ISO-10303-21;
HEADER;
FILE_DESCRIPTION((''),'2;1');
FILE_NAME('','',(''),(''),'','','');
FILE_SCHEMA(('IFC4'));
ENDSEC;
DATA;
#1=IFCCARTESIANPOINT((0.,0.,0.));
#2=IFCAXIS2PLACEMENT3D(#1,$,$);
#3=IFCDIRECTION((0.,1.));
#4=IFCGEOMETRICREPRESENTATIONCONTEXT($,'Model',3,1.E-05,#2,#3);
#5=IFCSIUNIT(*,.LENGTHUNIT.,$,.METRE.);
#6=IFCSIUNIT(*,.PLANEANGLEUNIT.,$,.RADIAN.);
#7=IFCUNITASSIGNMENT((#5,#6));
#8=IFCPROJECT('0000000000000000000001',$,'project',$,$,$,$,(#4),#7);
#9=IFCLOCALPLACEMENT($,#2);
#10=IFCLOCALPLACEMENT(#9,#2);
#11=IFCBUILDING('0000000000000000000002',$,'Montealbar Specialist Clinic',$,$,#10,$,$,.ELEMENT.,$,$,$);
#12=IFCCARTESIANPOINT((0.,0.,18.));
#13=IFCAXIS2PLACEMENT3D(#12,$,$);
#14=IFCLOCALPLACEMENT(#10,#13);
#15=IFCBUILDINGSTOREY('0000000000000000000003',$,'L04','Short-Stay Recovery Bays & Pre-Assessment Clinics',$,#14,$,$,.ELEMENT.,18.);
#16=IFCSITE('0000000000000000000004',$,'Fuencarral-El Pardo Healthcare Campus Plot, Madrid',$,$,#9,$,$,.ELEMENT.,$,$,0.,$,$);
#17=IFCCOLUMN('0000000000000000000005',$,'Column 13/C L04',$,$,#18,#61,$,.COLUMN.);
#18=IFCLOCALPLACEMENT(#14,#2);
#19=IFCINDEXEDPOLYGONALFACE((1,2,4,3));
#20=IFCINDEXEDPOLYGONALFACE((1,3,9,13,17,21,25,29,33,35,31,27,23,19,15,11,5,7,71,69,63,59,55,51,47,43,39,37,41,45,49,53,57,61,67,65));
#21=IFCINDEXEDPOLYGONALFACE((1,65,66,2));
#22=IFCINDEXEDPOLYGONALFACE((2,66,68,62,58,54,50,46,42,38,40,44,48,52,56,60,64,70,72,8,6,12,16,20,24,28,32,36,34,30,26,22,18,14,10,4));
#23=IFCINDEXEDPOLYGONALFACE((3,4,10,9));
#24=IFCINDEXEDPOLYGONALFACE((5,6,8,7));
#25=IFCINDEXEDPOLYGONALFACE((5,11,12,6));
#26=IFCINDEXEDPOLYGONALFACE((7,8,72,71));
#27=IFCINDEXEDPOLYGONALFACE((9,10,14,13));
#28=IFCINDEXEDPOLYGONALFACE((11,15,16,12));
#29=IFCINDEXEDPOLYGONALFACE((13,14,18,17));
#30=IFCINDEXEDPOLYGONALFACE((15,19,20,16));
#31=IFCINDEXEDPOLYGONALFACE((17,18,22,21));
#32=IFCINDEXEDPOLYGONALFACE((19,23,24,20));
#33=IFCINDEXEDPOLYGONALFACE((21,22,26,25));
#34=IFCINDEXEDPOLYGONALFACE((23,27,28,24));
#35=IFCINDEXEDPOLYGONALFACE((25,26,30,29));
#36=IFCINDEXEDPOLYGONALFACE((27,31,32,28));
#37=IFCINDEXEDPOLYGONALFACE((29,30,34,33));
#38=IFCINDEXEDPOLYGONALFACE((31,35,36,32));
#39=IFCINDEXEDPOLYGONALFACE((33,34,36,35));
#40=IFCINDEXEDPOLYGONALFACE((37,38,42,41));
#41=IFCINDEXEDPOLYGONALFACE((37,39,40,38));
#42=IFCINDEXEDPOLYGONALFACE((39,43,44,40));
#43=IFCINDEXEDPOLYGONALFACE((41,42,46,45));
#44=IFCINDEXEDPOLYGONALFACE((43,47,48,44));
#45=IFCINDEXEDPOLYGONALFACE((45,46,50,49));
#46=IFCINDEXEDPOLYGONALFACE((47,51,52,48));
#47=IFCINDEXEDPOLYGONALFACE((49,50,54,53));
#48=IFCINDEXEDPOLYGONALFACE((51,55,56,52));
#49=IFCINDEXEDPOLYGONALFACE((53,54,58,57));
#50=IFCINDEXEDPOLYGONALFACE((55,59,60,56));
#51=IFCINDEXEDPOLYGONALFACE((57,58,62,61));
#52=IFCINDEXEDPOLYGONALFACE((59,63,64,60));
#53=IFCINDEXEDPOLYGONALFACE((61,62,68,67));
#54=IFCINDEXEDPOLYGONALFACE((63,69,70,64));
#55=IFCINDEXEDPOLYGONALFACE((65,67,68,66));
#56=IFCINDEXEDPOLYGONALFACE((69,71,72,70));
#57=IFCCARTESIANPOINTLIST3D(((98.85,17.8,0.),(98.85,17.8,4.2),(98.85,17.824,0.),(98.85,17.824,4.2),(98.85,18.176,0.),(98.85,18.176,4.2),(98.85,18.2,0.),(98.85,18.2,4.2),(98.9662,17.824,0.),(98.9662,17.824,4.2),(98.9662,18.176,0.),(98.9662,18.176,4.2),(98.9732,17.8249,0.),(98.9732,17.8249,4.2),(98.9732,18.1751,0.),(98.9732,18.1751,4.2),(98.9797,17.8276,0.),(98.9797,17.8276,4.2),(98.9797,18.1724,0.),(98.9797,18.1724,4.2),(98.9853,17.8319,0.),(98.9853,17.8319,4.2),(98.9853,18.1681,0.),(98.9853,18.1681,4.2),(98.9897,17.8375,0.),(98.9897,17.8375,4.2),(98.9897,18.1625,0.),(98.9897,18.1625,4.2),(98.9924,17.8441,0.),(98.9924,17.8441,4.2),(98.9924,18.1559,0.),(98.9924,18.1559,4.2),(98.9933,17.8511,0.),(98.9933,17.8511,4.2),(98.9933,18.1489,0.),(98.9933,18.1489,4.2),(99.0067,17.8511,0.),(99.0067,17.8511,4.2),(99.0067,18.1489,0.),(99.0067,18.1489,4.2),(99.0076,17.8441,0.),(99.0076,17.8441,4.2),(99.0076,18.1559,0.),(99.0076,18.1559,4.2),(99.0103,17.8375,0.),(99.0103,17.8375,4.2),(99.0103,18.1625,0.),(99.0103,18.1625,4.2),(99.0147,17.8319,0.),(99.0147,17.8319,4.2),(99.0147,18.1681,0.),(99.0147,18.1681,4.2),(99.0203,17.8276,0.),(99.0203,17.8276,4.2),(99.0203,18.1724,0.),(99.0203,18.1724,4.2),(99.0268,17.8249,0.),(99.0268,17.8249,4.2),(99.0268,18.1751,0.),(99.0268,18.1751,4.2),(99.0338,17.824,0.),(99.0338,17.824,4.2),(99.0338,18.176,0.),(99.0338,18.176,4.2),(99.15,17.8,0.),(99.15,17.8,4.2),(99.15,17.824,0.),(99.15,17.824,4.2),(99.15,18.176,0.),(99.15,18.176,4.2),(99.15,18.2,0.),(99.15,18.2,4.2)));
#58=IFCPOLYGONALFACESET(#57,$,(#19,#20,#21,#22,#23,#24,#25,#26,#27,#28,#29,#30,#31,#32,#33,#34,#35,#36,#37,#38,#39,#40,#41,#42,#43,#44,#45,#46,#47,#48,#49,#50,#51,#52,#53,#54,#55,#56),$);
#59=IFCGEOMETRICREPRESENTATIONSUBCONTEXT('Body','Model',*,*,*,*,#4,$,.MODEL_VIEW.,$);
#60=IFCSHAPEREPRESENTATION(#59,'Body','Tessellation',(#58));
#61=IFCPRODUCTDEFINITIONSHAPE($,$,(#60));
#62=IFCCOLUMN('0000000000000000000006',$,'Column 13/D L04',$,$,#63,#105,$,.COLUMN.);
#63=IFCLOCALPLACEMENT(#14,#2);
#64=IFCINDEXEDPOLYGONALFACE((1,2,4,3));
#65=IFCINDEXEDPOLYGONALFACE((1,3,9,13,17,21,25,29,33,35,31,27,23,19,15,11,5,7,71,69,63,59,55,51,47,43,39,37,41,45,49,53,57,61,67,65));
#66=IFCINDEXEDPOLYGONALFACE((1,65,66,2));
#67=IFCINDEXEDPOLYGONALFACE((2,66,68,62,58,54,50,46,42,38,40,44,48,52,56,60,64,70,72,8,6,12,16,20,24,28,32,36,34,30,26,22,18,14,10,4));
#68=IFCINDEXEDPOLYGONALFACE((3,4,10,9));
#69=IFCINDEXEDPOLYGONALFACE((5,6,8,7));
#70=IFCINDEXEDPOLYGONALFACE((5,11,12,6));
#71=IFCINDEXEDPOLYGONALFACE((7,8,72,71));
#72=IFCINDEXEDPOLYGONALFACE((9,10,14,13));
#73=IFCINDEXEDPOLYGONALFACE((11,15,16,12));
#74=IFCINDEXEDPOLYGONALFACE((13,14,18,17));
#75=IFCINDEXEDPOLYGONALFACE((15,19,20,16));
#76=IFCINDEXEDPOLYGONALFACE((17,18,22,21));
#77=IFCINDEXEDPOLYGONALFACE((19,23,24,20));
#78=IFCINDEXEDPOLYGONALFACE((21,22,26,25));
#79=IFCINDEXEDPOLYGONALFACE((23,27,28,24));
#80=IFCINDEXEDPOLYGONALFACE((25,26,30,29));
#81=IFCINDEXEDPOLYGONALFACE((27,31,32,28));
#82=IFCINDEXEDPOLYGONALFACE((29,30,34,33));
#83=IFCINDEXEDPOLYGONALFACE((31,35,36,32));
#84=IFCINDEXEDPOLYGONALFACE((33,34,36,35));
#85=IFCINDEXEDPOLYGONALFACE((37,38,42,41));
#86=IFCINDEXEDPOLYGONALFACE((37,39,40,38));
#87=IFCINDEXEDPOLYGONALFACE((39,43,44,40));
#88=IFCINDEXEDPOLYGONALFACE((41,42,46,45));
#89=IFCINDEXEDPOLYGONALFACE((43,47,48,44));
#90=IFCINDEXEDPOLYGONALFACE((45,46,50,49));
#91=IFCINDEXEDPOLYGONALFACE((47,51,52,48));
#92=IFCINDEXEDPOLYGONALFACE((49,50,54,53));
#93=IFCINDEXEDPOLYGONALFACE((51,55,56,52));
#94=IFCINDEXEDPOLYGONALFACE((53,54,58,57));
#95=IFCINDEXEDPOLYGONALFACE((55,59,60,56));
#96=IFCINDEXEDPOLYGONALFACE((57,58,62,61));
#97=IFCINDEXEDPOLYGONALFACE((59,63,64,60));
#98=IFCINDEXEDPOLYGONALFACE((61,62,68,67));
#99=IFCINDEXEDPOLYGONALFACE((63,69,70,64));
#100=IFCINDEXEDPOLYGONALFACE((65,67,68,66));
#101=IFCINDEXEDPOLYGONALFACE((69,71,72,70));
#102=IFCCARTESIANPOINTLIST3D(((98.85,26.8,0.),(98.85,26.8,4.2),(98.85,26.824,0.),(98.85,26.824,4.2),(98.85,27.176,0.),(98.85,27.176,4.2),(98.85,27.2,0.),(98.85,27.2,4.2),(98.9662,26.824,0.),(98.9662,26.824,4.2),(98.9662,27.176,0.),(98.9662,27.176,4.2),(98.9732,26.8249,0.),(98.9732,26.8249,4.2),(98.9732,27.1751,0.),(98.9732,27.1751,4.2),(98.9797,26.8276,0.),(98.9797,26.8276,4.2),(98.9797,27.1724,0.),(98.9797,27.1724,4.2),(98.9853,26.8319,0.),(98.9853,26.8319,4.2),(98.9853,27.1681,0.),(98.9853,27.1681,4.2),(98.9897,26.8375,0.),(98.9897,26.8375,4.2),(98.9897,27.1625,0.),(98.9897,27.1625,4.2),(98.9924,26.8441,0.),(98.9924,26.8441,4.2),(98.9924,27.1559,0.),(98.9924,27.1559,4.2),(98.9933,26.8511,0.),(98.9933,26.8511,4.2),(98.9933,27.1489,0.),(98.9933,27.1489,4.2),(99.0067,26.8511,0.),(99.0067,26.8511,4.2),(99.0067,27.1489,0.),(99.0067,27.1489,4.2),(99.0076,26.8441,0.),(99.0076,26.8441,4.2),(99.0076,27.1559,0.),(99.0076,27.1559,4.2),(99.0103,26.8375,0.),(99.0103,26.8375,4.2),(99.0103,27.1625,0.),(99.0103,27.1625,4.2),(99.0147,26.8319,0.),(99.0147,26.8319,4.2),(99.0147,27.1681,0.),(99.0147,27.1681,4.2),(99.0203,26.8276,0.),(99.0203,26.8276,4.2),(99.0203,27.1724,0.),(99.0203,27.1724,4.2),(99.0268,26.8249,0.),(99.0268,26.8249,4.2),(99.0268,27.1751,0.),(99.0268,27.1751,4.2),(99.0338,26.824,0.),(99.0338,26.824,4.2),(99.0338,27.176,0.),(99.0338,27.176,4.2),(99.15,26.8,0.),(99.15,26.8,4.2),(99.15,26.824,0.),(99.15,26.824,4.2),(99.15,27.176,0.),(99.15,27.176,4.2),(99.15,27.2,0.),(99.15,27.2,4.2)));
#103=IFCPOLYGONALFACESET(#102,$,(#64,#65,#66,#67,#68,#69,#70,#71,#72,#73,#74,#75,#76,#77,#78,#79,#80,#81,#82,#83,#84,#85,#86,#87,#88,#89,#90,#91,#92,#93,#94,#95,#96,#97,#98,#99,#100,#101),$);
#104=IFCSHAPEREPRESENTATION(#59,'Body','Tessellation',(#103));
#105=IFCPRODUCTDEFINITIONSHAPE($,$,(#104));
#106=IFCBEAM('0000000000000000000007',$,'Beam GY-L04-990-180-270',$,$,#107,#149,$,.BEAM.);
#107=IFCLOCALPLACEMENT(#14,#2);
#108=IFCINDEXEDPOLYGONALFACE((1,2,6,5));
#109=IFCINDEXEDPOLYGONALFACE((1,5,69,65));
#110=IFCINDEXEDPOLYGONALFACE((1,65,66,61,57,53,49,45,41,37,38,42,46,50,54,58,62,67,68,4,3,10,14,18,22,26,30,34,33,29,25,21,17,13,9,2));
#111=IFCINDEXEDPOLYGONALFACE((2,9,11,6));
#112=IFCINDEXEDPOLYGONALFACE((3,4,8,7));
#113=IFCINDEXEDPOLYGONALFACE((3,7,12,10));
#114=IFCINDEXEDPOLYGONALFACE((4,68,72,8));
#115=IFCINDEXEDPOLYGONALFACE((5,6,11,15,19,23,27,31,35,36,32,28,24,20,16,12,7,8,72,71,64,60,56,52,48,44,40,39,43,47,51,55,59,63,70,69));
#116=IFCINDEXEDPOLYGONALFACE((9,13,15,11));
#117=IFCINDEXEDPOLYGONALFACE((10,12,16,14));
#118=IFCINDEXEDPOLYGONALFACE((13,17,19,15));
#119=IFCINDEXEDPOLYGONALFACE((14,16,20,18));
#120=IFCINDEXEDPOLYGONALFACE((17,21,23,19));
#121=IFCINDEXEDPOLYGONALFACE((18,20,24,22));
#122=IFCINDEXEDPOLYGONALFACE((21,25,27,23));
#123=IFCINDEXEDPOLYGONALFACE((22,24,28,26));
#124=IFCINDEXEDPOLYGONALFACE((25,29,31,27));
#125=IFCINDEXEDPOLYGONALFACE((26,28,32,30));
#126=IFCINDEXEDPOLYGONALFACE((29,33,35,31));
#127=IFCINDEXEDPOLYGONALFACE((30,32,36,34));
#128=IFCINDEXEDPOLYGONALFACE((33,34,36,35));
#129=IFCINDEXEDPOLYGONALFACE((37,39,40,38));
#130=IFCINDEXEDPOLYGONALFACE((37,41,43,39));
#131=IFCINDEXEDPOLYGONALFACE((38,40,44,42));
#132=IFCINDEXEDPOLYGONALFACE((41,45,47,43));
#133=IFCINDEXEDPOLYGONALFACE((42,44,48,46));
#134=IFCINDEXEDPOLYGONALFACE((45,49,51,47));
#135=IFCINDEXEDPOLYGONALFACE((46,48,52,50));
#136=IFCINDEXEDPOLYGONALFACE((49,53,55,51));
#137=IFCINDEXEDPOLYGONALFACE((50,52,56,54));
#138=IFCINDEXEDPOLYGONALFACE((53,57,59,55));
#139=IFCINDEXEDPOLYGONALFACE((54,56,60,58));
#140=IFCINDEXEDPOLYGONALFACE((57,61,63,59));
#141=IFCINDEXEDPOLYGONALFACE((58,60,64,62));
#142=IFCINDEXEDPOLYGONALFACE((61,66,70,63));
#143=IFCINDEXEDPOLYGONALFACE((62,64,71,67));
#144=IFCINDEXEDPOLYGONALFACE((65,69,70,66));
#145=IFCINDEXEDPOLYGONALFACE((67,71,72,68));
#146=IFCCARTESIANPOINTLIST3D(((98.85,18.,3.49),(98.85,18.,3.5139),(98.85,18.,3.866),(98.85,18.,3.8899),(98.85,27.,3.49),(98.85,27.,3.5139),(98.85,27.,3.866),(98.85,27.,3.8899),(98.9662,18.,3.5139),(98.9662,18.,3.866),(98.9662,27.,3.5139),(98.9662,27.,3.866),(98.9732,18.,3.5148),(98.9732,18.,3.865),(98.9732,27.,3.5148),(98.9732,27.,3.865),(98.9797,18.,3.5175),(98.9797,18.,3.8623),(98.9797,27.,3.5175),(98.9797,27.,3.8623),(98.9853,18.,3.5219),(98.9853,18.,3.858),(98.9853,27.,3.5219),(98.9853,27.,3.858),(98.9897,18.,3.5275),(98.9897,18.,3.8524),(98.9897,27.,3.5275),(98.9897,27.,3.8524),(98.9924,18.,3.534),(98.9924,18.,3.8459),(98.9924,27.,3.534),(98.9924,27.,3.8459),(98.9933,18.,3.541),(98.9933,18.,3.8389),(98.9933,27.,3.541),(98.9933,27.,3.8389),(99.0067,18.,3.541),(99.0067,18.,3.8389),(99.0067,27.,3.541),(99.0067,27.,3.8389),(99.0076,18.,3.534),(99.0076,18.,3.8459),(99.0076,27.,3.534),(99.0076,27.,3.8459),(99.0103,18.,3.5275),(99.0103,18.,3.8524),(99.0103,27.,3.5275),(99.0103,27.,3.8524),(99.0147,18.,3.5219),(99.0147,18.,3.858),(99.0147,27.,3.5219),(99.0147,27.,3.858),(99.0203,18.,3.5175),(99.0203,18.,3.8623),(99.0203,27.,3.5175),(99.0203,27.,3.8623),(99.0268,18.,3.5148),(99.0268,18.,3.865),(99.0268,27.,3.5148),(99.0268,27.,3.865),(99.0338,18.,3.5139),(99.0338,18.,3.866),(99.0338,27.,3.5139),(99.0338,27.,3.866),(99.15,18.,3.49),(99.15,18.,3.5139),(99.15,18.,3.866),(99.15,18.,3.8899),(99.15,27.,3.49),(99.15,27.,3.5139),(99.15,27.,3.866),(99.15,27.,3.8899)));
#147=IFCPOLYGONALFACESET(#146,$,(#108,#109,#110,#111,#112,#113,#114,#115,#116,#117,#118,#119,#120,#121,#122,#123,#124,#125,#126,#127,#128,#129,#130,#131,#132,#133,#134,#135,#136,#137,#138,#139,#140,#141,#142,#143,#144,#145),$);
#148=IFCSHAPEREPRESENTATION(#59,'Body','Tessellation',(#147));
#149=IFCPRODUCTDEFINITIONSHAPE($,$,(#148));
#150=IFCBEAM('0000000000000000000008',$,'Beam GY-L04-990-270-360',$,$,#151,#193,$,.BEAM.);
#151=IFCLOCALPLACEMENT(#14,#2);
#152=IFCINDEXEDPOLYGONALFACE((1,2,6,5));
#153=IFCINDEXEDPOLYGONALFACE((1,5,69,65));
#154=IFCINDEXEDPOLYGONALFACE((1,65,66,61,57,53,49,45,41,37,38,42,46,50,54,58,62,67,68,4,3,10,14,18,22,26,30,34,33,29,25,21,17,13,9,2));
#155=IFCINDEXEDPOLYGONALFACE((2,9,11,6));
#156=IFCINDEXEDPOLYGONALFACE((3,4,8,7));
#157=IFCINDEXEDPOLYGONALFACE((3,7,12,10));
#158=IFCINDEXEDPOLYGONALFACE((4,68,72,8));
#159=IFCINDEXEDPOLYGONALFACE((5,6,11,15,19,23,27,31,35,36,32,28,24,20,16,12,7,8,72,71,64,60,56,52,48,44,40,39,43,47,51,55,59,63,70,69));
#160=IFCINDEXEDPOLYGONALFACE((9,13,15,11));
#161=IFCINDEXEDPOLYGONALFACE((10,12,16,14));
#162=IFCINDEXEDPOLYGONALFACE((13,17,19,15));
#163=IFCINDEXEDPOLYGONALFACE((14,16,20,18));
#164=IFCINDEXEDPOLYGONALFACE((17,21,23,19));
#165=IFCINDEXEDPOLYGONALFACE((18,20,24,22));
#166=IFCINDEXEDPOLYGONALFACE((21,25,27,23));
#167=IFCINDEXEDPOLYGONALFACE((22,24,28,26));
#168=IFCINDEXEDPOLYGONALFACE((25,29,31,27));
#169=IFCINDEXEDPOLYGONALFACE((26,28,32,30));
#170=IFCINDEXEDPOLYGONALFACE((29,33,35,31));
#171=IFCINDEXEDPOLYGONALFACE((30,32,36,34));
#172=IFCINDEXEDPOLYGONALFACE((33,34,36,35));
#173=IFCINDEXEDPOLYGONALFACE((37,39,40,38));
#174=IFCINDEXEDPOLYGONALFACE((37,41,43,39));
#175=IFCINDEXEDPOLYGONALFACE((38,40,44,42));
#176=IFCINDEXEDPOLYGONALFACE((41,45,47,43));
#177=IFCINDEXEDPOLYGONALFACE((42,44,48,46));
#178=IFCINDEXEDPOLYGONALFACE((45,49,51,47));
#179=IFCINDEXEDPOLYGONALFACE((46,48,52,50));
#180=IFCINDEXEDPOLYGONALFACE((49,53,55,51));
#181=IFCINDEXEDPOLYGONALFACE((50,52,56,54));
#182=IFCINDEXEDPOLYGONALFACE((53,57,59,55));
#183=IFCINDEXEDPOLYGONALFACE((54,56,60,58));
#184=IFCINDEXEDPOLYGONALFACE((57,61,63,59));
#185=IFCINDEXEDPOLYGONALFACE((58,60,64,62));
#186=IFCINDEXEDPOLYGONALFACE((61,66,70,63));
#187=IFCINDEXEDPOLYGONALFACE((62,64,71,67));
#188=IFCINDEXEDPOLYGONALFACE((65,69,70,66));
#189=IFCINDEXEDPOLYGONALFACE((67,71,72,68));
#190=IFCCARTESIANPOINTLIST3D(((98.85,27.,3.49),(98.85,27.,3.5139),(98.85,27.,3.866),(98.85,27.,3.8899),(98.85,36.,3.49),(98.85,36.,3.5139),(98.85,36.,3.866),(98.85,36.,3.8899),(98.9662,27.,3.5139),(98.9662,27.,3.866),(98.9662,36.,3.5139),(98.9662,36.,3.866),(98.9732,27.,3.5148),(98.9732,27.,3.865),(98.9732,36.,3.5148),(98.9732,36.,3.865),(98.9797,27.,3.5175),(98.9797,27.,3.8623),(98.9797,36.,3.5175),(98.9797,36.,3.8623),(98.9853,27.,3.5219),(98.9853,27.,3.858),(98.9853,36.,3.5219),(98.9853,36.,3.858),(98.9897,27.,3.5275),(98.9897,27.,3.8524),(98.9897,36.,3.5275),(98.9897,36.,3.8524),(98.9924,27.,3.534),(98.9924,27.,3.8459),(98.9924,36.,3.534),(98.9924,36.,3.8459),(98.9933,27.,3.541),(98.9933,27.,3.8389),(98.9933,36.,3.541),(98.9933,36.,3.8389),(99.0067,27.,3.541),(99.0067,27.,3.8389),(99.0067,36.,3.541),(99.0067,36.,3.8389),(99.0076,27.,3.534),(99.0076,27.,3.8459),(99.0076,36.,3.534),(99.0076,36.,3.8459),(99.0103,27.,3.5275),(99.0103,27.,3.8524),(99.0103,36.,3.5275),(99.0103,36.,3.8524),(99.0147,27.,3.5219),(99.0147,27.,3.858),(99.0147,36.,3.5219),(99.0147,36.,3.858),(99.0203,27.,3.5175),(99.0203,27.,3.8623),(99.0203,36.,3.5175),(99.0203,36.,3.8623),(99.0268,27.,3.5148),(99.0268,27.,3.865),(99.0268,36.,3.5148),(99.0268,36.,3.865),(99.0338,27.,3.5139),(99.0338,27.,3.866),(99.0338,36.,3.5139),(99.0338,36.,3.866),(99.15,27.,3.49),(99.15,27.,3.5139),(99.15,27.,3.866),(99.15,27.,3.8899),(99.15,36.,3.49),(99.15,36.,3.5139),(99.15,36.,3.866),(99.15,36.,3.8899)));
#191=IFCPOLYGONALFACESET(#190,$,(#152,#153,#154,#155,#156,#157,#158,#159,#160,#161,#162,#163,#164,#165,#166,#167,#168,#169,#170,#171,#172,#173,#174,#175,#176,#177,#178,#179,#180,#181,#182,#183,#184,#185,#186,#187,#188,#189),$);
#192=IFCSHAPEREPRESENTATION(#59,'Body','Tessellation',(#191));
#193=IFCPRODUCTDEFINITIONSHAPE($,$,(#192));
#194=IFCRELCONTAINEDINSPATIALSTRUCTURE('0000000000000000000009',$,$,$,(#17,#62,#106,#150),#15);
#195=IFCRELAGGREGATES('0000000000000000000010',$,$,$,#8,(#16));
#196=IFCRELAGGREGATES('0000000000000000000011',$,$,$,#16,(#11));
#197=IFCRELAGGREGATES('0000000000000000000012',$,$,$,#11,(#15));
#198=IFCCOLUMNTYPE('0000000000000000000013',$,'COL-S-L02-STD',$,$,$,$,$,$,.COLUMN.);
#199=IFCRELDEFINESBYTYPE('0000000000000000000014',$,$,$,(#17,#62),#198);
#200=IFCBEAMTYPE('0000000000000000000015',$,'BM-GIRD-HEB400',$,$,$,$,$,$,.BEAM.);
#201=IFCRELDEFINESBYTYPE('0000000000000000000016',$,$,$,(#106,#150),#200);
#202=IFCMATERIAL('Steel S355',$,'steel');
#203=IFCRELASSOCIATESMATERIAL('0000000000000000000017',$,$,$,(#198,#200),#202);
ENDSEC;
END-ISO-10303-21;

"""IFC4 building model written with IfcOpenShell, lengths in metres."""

from ifc_helpers import new_model, si_unit, direction, frame, origin, origin_2d, place, context, subcontext, project, spatial, i_section, extrude, material, material_profile, profile_set, type_object, element, save


model = new_model("IFC4")

# Units and contexts
model_context = context("Model", 3, precision=1e-05, world=origin(), true_north=direction((0.0, 1.0)))
body_context = subcontext(model_context, "Body", "Model", "MODEL_VIEW")
ifc_project = project(units=[si_unit("LENGTHUNIT", "METRE"), si_unit("PLANEANGLEUNIT", "RADIAN")], contexts=[model_context])

# Site, building, storey
site_placement = place(None, origin())
site = spatial("IfcSite", under=ifc_project, at=site_placement, Name="Fuencarral-El Pardo Healthcare Campus Plot, Madrid", CompositionType="ELEMENT", RefElevation=0.0)
building_placement = place(site_placement, origin())
building = spatial("IfcBuilding", under=site, at=building_placement, Name="Montealbar Specialist Clinic", CompositionType="ELEMENT")
storey_placement = place(building_placement, frame((0.0, 0.0, 18.0)))
storey = spatial("IfcBuildingStorey", under=building, at=storey_placement, Name="L04", Description="Short-Stay Recovery Bays & Pre-Assessment Clinics", CompositionType="ELEMENT", Elevation=18.0)

# Columns
ifc_material_1 = material(Name="Steel S355", Category="steel")
ifc_material_profile_1 = material_profile(ifc_material_1, i_section(OverallWidth=0.3, OverallDepth=0.3999, WebThickness=0.0134, FlangeThickness=0.0239, FilletRadius=0.0271, at=origin_2d()), Name="HEB 400", Category="steel")
ifc_profile_set_1 = profile_set([ifc_material_profile_1], Name="Steel S355")
column_type = type_object("IfcColumnType", Name="COL-S-L02-STD", PredefinedType="COLUMN", material=ifc_profile_set_1)
for number, where, z_axis, x_axis, name in (
    (1, (99.0, 18.0, 0.0), (0.0, 0.0, 1.0), (1.0, 0.0, 0.0), "Column 13/C L04"),
    (2, (99.0, 27.0, 0.0), (0.0, 0.0, 1.0), (1.0, 0.0, 0.0), "Column 13/D L04"),
):
    element("IfcColumn", number, at=place(storey_placement, frame(where, z_axis=z_axis, x_axis=x_axis)), inside=storey, type_object=column_type, Name=name, PredefinedType="COLUMN", context=body_context, shape_type="SweptSolid", body=[
        extrude(i_section(OverallWidth=0.3, OverallDepth=0.3999, WebThickness=0.0134, FlangeThickness=0.0239, FilletRadius=0.0271, at=origin_2d()), origin(), (0.0, 0.0, 1.0), 4.2),
    ])

# Beams
ifc_material_profile_2 = material_profile(ifc_material_1, i_section(OverallWidth=0.3, OverallDepth=0.3999, WebThickness=0.0134, FlangeThickness=0.0239, FilletRadius=0.0271, at=origin_2d()), Name="HEB 400", Category="steel")
ifc_profile_set_2 = profile_set([ifc_material_profile_2], Name="Steel S355")
beam_type_1 = type_object("IfcBeamType", Name="BM-GIRD-HEB400", PredefinedType="BEAM", material=ifc_profile_set_2)
for number, where, z_axis, x_axis, name in (
    (3, (99.0, 18.0, 3.6899), (0.0, 1.0, 0.0), (-1.0, 0.0, 0.0), "Beam GY-L04-990-180-270"),
    (4, (99.0, 27.0, 3.6899), (0.0, 1.0, 0.0), (-1.0, 0.0, 0.0), "Beam GY-L04-990-270-360"),
):
    element("IfcBeam", number, at=place(storey_placement, frame(where, z_axis=z_axis, x_axis=x_axis)), inside=storey, type_object=beam_type_1, Name=name, PredefinedType="BEAM", context=body_context, shape_type="SweptSolid", body=[
        extrude(i_section(OverallWidth=0.3, OverallDepth=0.3999, WebThickness=0.0134, FlangeThickness=0.0239, FilletRadius=0.0271, at=origin_2d()), origin(), (0.0, 0.0, 1.0), 9.0),
    ])

save(model, "model.ifc")
